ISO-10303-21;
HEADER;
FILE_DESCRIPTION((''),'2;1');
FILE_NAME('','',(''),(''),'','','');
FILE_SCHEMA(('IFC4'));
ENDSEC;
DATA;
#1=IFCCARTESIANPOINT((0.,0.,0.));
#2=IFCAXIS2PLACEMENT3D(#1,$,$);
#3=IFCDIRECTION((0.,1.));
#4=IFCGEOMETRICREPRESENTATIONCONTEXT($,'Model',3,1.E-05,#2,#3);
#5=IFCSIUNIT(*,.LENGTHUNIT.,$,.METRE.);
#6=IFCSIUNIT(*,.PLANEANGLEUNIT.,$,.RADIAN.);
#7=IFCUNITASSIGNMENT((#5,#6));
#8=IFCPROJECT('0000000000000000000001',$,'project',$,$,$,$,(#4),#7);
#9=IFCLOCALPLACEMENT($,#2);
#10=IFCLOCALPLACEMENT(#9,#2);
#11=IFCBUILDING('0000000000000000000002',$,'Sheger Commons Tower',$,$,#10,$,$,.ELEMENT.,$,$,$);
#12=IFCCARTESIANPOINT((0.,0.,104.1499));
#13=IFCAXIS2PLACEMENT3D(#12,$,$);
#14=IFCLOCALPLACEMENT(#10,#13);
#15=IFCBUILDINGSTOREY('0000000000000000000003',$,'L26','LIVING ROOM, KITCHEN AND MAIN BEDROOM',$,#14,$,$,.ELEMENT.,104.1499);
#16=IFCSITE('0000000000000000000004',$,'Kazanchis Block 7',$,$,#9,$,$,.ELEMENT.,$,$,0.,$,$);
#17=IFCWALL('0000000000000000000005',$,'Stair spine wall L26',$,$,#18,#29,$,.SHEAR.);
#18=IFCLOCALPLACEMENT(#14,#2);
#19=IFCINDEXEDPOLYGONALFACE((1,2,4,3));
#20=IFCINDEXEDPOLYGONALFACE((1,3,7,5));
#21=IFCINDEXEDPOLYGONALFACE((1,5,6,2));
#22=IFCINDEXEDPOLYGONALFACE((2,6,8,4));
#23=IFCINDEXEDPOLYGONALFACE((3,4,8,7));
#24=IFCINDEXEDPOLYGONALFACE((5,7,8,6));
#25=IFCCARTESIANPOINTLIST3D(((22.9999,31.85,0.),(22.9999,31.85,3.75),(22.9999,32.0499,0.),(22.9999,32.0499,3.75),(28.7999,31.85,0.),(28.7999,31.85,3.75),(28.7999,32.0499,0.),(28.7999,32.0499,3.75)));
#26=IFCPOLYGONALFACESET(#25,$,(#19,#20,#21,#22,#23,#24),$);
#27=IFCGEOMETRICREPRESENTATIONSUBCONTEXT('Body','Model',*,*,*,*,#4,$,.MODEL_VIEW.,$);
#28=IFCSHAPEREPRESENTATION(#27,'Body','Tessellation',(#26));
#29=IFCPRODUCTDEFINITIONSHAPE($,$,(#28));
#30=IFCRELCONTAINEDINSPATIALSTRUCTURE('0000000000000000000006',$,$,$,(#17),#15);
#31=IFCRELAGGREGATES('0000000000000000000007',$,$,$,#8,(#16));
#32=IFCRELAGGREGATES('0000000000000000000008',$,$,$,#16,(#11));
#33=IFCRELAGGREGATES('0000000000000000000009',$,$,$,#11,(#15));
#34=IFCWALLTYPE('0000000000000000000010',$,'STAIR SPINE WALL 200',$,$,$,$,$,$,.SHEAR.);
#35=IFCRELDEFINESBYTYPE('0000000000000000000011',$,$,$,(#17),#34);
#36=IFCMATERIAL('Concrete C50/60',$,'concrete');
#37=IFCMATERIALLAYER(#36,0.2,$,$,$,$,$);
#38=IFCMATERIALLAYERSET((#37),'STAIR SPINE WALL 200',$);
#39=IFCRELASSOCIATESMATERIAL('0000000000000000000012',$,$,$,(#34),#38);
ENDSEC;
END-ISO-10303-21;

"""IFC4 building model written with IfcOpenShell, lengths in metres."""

from ifc_helpers import new_model, si_unit, direction, frame, frame_2d, origin, place, context, subcontext, project, spatial, rectangle, extrude, material, layer, layer_set, type_object, element, save


model = new_model("IFC4")

# Units and contexts
model_context = context("Model", 3, precision=1e-05, world=origin(), true_north=direction((0.0, 1.0)))
body_context = subcontext(model_context, "Body", "Model", "MODEL_VIEW")
ifc_project = project(units=[si_unit("LENGTHUNIT", "METRE"), si_unit("PLANEANGLEUNIT", "RADIAN")], contexts=[model_context])

# Site, building, storey
site_placement = place(None, origin())
site = spatial("IfcSite", under=ifc_project, at=site_placement, Name="Kazanchis Block 7", CompositionType="ELEMENT", RefElevation=0.0)
building_placement = place(site_placement, origin())
building = spatial("IfcBuilding", under=site, at=building_placement, Name="Sheger Commons Tower", CompositionType="ELEMENT")
storey_placement = place(building_placement, frame((0.0, 0.0, 104.1499)))
storey = spatial("IfcBuildingStorey", under=building, at=storey_placement, Name="L26", Description="LIVING ROOM, KITCHEN AND MAIN BEDROOM", CompositionType="ELEMENT", Elevation=104.1499)

# Wall
ifc_material_1 = material(Name="Concrete C50/60", Category="concrete")
ifc_layer_1 = layer(ifc_material_1, 0.2)
ifc_layer_set_1 = layer_set([ifc_layer_1], Name="STAIR SPINE WALL 200")
wall_type_1 = type_object("IfcWallType", Name="STAIR SPINE WALL 200", PredefinedType="SHEAR", material=ifc_layer_set_1)
wall_1_placement = place(storey_placement, frame((23.0, 31.95, 0.0), z_axis=(0.0, 0.0, 1.0), x_axis=(1.0, 0.0, 0.0)))
element("IfcWall", 1, at=wall_1_placement, inside=storey, type_object=wall_type_1, Name="Stair spine wall L26", PredefinedType="SHEAR", context=body_context, shape_type="SweptSolid", body=[
    extrude(rectangle(XDim=5.8, YDim=0.2, at=frame_2d((2.8999, 0.0))), origin(), (0.0, 0.0, 1.0), 3.75),
])

save(model, "model.ifc")
